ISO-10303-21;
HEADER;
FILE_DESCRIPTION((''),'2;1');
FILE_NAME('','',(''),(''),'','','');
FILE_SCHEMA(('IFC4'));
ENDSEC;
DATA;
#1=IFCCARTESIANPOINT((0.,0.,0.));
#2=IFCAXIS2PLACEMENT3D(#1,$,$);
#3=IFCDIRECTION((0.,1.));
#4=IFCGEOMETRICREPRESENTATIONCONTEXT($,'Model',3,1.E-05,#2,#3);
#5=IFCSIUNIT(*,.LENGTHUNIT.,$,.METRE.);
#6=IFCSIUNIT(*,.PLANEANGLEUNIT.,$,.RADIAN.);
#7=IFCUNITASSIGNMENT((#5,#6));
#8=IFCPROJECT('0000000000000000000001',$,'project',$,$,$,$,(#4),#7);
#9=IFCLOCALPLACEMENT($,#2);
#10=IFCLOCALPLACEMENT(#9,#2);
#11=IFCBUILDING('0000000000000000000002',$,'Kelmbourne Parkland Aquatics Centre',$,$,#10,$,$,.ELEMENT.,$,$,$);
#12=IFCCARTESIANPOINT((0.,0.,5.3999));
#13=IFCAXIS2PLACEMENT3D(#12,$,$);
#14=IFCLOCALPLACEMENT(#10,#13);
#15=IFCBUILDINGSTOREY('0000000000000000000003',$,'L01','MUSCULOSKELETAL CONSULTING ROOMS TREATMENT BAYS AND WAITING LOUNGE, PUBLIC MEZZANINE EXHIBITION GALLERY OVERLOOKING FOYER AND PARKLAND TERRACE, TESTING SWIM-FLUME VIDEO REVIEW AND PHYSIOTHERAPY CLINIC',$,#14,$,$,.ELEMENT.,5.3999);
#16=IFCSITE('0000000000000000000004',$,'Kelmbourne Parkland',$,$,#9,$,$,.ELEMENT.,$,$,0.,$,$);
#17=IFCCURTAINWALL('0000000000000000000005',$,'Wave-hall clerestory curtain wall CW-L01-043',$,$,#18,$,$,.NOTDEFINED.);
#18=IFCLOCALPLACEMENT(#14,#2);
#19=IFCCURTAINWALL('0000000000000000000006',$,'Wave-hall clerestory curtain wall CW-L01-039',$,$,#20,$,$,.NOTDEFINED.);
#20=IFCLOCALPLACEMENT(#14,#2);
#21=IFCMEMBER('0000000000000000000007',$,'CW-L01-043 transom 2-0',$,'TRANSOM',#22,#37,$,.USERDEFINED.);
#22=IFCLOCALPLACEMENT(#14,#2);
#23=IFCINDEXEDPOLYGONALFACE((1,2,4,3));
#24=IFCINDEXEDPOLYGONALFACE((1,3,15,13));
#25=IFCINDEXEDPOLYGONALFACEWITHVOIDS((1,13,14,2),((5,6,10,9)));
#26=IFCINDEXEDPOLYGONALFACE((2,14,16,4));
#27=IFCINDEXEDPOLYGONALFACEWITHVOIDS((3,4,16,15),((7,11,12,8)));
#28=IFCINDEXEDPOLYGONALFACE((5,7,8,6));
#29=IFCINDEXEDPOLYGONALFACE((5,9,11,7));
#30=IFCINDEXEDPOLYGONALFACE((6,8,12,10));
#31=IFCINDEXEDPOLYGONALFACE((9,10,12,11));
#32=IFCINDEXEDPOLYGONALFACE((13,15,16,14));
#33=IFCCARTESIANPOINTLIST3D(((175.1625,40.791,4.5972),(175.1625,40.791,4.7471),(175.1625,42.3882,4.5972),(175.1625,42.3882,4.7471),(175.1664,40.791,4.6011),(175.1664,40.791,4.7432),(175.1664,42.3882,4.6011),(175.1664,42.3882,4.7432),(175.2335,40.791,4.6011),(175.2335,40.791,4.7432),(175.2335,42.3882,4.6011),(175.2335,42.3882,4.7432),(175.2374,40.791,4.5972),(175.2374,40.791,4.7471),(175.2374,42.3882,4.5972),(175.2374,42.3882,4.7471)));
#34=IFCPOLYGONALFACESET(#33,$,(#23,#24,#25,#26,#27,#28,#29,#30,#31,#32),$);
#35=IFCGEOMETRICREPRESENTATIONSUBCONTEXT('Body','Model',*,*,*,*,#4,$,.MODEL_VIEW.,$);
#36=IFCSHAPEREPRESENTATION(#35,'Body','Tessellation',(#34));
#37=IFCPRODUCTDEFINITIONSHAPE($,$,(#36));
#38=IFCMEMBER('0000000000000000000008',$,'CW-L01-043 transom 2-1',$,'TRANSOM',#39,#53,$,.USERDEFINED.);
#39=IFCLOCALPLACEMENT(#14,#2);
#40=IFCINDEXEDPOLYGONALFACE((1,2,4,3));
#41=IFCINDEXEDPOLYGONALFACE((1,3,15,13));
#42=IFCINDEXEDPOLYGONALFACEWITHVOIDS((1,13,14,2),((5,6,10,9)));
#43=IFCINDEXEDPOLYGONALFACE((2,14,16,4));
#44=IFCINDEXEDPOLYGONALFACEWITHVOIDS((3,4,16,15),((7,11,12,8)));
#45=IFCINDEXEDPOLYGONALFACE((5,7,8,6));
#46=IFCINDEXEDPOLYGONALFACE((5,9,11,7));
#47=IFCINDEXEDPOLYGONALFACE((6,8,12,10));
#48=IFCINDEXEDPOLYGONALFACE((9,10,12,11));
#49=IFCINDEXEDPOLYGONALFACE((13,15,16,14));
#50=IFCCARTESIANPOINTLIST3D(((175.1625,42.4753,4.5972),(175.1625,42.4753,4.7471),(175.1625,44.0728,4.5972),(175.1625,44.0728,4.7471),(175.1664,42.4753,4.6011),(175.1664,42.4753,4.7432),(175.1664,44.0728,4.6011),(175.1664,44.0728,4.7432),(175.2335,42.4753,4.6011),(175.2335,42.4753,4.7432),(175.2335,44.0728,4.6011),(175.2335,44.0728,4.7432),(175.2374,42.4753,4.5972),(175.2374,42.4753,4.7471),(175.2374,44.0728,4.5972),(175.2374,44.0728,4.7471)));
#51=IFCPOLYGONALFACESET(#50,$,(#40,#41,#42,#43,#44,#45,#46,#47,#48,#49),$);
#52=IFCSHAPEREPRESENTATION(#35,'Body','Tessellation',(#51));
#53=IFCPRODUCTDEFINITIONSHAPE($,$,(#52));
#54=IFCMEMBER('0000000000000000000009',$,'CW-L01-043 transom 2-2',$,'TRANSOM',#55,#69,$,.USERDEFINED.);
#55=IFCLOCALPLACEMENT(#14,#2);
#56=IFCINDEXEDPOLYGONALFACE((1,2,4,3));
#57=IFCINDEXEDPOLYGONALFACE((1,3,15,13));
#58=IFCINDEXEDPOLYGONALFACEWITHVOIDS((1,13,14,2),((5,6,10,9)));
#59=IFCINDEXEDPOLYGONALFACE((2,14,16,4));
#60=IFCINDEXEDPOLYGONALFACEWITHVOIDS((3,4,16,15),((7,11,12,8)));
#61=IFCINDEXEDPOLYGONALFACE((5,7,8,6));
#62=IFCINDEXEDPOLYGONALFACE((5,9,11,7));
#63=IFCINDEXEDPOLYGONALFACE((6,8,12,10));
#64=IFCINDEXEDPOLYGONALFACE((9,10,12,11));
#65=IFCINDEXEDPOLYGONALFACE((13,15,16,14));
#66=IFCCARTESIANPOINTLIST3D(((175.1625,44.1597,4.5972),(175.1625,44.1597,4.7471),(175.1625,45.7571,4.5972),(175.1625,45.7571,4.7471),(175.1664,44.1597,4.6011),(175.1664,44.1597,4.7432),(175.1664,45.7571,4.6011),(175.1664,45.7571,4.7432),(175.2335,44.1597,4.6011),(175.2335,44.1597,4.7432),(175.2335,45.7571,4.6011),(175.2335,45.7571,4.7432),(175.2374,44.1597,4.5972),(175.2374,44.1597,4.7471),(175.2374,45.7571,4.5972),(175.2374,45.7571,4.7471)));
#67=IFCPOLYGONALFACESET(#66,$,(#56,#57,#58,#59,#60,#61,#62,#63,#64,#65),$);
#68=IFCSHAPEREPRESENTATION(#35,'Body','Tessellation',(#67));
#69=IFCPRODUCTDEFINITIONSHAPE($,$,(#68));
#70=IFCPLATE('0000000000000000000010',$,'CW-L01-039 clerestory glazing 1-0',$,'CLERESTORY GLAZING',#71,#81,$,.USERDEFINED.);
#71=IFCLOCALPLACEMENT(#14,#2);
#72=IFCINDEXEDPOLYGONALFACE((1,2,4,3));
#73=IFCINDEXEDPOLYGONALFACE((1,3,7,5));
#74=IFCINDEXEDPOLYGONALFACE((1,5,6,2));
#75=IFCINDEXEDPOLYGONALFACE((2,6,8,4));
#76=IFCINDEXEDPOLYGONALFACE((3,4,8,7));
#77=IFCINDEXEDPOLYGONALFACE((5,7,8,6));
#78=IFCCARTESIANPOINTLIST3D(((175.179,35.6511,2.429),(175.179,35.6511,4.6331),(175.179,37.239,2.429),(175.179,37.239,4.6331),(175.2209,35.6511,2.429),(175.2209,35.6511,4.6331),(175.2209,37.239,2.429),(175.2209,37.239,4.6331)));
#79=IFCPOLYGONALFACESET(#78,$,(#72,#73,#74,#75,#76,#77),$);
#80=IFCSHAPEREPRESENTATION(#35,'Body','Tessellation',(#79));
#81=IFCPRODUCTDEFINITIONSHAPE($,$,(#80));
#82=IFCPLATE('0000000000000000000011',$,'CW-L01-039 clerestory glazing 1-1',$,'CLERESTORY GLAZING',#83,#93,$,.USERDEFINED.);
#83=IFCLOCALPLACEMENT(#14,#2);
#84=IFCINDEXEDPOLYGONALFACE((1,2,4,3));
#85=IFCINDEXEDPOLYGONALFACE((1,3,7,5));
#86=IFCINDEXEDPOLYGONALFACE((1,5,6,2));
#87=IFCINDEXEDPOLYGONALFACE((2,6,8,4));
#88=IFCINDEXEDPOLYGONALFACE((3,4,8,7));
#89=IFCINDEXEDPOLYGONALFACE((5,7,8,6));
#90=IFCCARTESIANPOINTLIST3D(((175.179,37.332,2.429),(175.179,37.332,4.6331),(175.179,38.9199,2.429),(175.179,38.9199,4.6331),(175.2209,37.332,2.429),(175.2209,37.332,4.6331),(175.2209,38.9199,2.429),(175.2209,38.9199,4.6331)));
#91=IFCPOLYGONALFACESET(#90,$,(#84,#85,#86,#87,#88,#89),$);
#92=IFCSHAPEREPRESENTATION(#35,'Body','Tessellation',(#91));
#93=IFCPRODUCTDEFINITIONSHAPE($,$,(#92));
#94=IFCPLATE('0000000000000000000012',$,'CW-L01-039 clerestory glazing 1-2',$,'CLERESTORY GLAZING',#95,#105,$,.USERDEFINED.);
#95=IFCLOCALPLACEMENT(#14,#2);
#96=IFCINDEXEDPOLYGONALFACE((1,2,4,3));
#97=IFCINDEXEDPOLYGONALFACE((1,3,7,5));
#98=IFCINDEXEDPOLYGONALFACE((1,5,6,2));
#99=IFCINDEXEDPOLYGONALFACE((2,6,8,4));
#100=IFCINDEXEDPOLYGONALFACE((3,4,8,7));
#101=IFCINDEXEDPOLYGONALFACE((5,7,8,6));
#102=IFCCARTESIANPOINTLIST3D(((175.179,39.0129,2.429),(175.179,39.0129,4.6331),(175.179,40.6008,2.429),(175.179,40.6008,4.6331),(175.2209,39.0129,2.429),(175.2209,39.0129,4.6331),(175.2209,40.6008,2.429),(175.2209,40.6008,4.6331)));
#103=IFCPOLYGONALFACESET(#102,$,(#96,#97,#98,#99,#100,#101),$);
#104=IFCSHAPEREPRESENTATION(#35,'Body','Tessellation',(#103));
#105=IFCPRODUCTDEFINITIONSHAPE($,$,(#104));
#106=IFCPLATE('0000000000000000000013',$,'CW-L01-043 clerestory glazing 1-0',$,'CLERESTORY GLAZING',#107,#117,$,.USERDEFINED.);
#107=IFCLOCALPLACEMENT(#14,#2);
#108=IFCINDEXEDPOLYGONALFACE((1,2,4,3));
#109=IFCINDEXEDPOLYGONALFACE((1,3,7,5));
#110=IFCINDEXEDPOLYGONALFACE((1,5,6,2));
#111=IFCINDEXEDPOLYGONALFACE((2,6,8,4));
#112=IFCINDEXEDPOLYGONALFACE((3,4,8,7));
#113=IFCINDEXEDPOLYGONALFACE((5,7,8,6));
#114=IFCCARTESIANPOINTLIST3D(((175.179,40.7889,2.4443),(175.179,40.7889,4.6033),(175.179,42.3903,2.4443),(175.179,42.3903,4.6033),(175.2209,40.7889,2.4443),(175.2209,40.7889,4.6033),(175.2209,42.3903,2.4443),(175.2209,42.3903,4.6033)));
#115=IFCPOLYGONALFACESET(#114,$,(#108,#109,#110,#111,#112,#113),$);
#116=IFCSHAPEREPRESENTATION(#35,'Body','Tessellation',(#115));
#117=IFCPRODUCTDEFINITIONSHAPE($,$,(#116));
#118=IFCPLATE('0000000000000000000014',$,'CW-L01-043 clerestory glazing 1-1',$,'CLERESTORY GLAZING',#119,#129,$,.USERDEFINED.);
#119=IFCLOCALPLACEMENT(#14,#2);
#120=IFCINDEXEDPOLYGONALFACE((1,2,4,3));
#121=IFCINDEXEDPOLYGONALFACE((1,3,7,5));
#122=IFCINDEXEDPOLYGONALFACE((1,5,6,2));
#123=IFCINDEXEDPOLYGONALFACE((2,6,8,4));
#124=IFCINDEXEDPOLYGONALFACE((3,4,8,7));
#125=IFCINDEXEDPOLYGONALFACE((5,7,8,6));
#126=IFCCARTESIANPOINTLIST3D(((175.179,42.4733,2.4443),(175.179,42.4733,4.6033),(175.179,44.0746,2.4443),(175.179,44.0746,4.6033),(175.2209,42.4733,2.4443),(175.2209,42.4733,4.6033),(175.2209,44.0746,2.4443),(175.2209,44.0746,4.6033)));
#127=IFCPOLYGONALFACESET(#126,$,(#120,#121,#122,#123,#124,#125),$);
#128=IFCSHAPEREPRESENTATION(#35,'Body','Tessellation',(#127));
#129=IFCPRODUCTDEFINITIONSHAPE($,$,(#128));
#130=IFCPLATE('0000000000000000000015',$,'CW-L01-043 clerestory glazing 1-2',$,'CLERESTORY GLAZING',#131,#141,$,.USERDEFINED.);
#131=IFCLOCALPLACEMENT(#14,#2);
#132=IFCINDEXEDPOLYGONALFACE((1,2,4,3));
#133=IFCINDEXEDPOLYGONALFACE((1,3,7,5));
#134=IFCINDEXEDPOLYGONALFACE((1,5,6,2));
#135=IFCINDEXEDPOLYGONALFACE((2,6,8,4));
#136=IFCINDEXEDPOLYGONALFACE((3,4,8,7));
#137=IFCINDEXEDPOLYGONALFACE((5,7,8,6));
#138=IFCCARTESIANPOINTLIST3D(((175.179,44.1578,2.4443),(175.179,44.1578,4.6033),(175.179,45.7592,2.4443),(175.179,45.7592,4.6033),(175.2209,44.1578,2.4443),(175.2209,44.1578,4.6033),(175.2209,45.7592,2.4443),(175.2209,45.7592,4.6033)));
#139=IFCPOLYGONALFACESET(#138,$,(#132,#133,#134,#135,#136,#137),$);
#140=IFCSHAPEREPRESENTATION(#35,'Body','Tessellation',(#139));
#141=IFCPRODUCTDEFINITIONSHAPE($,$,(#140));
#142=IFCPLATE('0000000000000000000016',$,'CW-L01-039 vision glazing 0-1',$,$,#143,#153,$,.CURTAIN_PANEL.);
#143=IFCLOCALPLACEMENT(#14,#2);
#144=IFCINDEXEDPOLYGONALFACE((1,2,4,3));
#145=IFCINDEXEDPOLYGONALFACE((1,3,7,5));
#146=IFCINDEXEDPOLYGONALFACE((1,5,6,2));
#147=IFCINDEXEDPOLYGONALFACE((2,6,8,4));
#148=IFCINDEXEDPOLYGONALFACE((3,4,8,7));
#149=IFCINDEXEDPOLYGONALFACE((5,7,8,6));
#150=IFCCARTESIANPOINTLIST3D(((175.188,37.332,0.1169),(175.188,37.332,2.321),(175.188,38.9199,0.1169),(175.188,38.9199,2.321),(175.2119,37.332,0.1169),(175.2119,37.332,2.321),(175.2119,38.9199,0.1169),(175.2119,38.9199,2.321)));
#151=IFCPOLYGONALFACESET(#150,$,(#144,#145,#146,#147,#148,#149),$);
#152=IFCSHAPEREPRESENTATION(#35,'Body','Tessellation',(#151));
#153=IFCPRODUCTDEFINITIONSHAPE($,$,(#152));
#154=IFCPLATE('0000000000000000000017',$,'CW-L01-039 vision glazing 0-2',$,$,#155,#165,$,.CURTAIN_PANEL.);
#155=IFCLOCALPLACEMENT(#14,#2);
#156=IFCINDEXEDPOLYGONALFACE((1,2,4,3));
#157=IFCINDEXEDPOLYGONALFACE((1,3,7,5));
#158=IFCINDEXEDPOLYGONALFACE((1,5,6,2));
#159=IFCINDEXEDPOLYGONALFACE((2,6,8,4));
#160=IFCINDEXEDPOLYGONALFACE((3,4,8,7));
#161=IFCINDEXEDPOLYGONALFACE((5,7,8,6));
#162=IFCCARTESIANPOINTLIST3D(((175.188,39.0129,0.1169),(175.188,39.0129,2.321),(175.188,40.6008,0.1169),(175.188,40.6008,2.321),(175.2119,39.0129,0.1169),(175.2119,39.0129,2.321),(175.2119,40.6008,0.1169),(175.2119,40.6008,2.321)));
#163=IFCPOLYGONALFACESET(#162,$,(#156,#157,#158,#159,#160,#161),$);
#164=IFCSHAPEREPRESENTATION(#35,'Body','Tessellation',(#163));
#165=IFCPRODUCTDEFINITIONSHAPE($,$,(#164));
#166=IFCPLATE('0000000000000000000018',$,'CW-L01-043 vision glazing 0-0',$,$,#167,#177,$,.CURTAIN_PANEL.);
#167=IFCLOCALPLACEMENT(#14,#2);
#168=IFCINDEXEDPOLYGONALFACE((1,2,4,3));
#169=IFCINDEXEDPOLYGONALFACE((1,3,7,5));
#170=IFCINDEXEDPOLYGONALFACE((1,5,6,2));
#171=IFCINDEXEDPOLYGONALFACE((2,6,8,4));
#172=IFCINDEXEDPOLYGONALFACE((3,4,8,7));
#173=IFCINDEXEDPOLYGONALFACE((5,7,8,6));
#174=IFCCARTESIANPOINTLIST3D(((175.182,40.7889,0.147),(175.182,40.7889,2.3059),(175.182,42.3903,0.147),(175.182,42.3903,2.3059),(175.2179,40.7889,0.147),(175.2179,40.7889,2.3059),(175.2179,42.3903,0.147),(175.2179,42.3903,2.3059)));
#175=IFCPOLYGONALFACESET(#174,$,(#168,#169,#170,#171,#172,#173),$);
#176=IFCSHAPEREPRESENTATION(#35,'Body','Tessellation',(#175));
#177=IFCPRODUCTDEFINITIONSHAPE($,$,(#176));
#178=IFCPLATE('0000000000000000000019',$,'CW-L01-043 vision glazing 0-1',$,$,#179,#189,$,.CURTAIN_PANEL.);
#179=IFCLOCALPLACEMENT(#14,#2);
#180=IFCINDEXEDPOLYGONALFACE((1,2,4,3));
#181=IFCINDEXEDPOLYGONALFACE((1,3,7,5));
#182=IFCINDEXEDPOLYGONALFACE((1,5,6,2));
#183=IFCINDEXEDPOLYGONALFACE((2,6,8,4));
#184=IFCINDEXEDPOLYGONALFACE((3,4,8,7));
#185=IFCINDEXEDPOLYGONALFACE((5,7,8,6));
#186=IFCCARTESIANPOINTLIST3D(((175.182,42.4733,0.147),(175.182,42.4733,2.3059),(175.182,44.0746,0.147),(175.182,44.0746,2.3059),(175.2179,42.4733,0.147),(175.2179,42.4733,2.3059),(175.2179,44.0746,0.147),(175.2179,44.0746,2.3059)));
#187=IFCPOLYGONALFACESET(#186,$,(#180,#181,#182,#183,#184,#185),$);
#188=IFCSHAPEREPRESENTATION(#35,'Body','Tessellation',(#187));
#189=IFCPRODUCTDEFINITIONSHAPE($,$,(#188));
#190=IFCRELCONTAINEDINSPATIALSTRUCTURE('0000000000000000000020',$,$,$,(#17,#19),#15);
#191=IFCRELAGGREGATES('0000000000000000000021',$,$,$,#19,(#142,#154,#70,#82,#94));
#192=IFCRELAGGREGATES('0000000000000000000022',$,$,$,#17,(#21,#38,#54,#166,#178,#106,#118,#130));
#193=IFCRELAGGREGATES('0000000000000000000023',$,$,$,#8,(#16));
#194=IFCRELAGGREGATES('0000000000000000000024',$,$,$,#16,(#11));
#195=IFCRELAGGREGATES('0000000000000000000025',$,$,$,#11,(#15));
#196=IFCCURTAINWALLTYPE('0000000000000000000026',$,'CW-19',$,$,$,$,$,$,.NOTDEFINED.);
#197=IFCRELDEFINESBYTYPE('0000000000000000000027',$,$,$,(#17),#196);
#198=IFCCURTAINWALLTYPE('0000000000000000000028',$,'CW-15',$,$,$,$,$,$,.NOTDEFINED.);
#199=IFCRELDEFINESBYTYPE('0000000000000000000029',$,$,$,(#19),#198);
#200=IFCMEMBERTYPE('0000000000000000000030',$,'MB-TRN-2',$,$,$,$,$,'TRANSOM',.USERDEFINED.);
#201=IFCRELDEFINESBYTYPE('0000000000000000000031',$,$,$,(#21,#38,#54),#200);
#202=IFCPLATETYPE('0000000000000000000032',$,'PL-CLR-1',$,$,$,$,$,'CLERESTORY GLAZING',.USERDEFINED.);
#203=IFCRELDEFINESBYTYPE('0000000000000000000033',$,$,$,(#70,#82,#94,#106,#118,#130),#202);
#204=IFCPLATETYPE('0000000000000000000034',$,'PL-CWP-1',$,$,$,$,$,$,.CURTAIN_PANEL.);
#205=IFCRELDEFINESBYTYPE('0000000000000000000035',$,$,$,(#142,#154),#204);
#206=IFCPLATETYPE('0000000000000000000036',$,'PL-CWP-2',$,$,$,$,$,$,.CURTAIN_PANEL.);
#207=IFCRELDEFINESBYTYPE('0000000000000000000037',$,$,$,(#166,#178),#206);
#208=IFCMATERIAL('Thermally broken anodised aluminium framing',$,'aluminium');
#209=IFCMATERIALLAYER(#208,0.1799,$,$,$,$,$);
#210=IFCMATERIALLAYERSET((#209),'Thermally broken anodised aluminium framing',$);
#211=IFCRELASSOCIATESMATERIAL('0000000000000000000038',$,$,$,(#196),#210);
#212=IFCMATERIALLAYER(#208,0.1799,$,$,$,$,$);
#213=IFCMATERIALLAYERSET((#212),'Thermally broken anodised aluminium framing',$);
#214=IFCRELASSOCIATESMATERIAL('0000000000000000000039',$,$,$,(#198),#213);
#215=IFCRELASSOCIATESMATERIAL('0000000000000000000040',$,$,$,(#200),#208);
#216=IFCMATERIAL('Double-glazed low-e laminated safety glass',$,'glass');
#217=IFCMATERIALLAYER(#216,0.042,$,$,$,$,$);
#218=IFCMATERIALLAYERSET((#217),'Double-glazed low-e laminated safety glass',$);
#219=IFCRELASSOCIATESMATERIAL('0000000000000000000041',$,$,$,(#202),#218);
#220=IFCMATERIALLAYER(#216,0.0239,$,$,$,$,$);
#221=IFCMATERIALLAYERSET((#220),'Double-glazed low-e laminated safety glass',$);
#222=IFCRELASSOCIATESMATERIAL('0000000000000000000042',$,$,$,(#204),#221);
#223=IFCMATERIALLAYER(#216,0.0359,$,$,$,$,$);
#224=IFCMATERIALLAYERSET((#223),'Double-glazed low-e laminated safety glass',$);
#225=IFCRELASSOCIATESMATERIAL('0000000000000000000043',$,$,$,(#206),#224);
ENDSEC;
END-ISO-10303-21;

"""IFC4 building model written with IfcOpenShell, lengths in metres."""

from ifc_helpers import new_model, si_unit, direction, frame, origin, origin_2d, place, context, subcontext, project, spatial, rectangle, hollow_rectangle, extrude, material, layer, layer_set, material_profile, profile_set, type_object, element, aggregate, save


model = new_model("IFC4")

# Units and contexts
model_context = context("Model", 3, precision=1e-05, world=origin(), true_north=direction((0.0, 1.0)))
body_context = subcontext(model_context, "Body", "Model", "MODEL_VIEW")
ifc_project = project(units=[si_unit("LENGTHUNIT", "METRE"), si_unit("PLANEANGLEUNIT", "RADIAN")], contexts=[model_context])

# Site, building, storey
site_placement = place(None, origin())
site = spatial("IfcSite", under=ifc_project, at=site_placement, Name="Kelmbourne Parkland", CompositionType="ELEMENT", RefElevation=0.0)
building_placement = place(site_placement, origin())
building = spatial("IfcBuilding", under=site, at=building_placement, Name="Kelmbourne Parkland Aquatics Centre", CompositionType="ELEMENT")
storey_placement = place(building_placement, frame((0.0, 0.0, 5.3999)))
storey = spatial("IfcBuildingStorey", under=building, at=storey_placement, Name="L01", Description="MUSCULOSKELETAL CONSULTING ROOMS TREATMENT BAYS AND WAITING LOUNGE, PUBLIC MEZZANINE EXHIBITION GALLERY OVERLOOKING FOYER AND PARKLAND TERRACE, TESTING SWIM-FLUME VIDEO REVIEW AND PHYSIOTHERAPY CLINIC", CompositionType="ELEMENT", Elevation=5.3999)

# Shared definitions
ifc_material_1 = material(Name="Thermally broken anodised aluminium framing", Category="aluminium")

# Curtain walls
ifc_layer_1 = layer(ifc_material_1, 0.1799)
ifc_layer_set_1 = layer_set([ifc_layer_1], Name="Thermally broken anodised aluminium framing")
curtain_wall_type_1 = type_object("IfcCurtainWallType", Name="CW-19", PredefinedType="NOTDEFINED", material=ifc_layer_set_1)
curtain_wall_1_placement = place(storey_placement, origin())
curtain_wall_1 = element("IfcCurtainWall", 1, at=curtain_wall_1_placement, inside=storey, type_object=curtain_wall_type_1, Name="Wave-hall clerestory curtain wall CW-L01-043", PredefinedType="NOTDEFINED")
ifc_layer_2 = layer(ifc_material_1, 0.1799)
ifc_layer_set_2 = layer_set([ifc_layer_2], Name="Thermally broken anodised aluminium framing")
curtain_wall_type_2 = type_object("IfcCurtainWallType", Name="CW-15", PredefinedType="NOTDEFINED", material=ifc_layer_set_2)
curtain_wall_2_placement = place(storey_placement, origin())
curtain_wall_2 = element("IfcCurtainWall", 2, at=curtain_wall_2_placement, inside=storey, type_object=curtain_wall_type_2, Name="Wave-hall clerestory curtain wall CW-L01-039", PredefinedType="NOTDEFINED")

# Members
ifc_material_profile_1 = material_profile(ifc_material_1, hollow_rectangle(XDim=0.075, YDim=0.1499, WallThickness=0.0039, at=origin_2d()), Name="CW-T 75x150")
ifc_profile_set_1 = profile_set([ifc_material_profile_1], Name="Thermally broken anodised aluminium framing")
member_type_1 = type_object("IfcMemberType", Name="MB-TRN-2", ElementType="TRANSOM", PredefinedType="USERDEFINED", material=ifc_profile_set_1)
member_1_placement = place(storey_placement, frame((175.2, 40.791, 4.6721), z_axis=(0.0, 1.0, 0.0), x_axis=(-1.0, 0.0, 0.0)))
member_1 = element("IfcMember", 3, at=member_1_placement, type_object=member_type_1, Name="CW-L01-043 transom 2-0", ObjectType="TRANSOM", PredefinedType="USERDEFINED", context=body_context, shape_type="SweptSolid", body=[
    extrude(hollow_rectangle(XDim=0.075, YDim=0.1499, WallThickness=0.0039, at=origin_2d()), origin(), (0.0, 0.0, 1.0), 1.5972),
])
member_2_placement = place(storey_placement, frame((175.2, 42.4753, 4.6721), z_axis=(0.0, 1.0, 0.0), x_axis=(-1.0, 0.0, 0.0)))
member_2 = element("IfcMember", 4, at=member_2_placement, type_object=member_type_1, Name="CW-L01-043 transom 2-1", ObjectType="TRANSOM", PredefinedType="USERDEFINED", context=body_context, shape_type="SweptSolid", body=[
    extrude(hollow_rectangle(XDim=0.075, YDim=0.1499, WallThickness=0.0039, at=origin_2d()), origin(), (0.0, 0.0, 1.0), 1.5974),
])
member_3_placement = place(storey_placement, frame((175.2, 44.1597, 4.6721), z_axis=(0.0, 1.0, 0.0), x_axis=(-1.0, 0.0, 0.0)))
member_3 = element("IfcMember", 5, at=member_3_placement, type_object=member_type_1, Name="CW-L01-043 transom 2-2", ObjectType="TRANSOM", PredefinedType="USERDEFINED", context=body_context, shape_type="SweptSolid", body=[
    extrude(hollow_rectangle(XDim=0.075, YDim=0.1499, WallThickness=0.0039, at=origin_2d()), origin(), (0.0, 0.0, 1.0), 1.5974),
])

# Plates
ifc_material_2 = material(Name="Double-glazed low-e laminated safety glass", Category="glass")
ifc_layer_3 = layer(ifc_material_2, 0.042)
ifc_layer_set_3 = layer_set([ifc_layer_3], Name="Double-glazed low-e laminated safety glass")
plate_type_1 = type_object("IfcPlateType", Name="PL-CLR-1", ElementType="CLERESTORY GLAZING", PredefinedType="USERDEFINED", material=ifc_layer_set_3)
plate_1_placement = place(storey_placement, frame((175.2, 36.4451, 2.429), z_axis=(0.0, 0.0, 1.0), x_axis=(0.0, 1.0, 0.0)))
plate_1 = element("IfcPlate", 6, at=plate_1_placement, type_object=plate_type_1, Name="CW-L01-039 clerestory glazing 1-0", ObjectType="CLERESTORY GLAZING", PredefinedType="USERDEFINED", context=body_context, shape_type="SweptSolid", body=[
    extrude(rectangle(XDim=1.5879, YDim=0.042, at=origin_2d()), origin(), (0.0, 0.0, 1.0), 2.2041),
])
plate_2_placement = place(storey_placement, frame((175.2, 38.126, 2.429), z_axis=(0.0, 0.0, 1.0), x_axis=(0.0, 1.0, 0.0)))
plate_2 = element("IfcPlate", 7, at=plate_2_placement, type_object=plate_type_1, Name="CW-L01-039 clerestory glazing 1-1", ObjectType="CLERESTORY GLAZING", PredefinedType="USERDEFINED", context=body_context, shape_type="SweptSolid", body=[
    extrude(rectangle(XDim=1.5879, YDim=0.042, at=origin_2d()), origin(), (0.0, 0.0, 1.0), 2.2041),
])
plate_3_placement = place(storey_placement, frame((175.2, 39.8069, 2.429), z_axis=(0.0, 0.0, 1.0), x_axis=(0.0, 1.0, 0.0)))
plate_3 = element("IfcPlate", 8, at=plate_3_placement, type_object=plate_type_1, Name="CW-L01-039 clerestory glazing 1-2", ObjectType="CLERESTORY GLAZING", PredefinedType="USERDEFINED", context=body_context, shape_type="SweptSolid", body=[
    extrude(rectangle(XDim=1.5879, YDim=0.042, at=origin_2d()), origin(), (0.0, 0.0, 1.0), 2.2041),
])
plate_4_placement = place(storey_placement, frame((175.2, 41.5896, 2.4443), z_axis=(0.0, 0.0, 1.0), x_axis=(0.0, 1.0, 0.0)))
plate_4 = element("IfcPlate", 9, at=plate_4_placement, type_object=plate_type_1, Name="CW-L01-043 clerestory glazing 1-0", ObjectType="CLERESTORY GLAZING", PredefinedType="USERDEFINED", context=body_context, shape_type="SweptSolid", body=[
    extrude(rectangle(XDim=1.6013, YDim=0.042, at=origin_2d()), origin(), (0.0, 0.0, 1.0), 2.1589),
])
plate_5_placement = place(storey_placement, frame((175.2, 43.2739, 2.4443), z_axis=(0.0, 0.0, 1.0), x_axis=(0.0, 1.0, 0.0)))
plate_5 = element("IfcPlate", 10, at=plate_5_placement, type_object=plate_type_1, Name="CW-L01-043 clerestory glazing 1-1", ObjectType="CLERESTORY GLAZING", PredefinedType="USERDEFINED", context=body_context, shape_type="SweptSolid", body=[
    extrude(rectangle(XDim=1.6013, YDim=0.042, at=origin_2d()), origin(), (0.0, 0.0, 1.0), 2.1589),
])
plate_6_placement = place(storey_placement, frame((175.2, 44.9585, 2.4443), z_axis=(0.0, 0.0, 1.0), x_axis=(0.0, 1.0, 0.0)))
plate_6 = element("IfcPlate", 11, at=plate_6_placement, type_object=plate_type_1, Name="CW-L01-043 clerestory glazing 1-2", ObjectType="CLERESTORY GLAZING", PredefinedType="USERDEFINED", context=body_context, shape_type="SweptSolid", body=[
    extrude(rectangle(XDim=1.6013, YDim=0.042, at=origin_2d()), origin(), (0.0, 0.0, 1.0), 2.1589),
])
ifc_layer_4 = layer(ifc_material_2, 0.0239)
ifc_layer_set_4 = layer_set([ifc_layer_4], Name="Double-glazed low-e laminated safety glass")
plate_type_2 = type_object("IfcPlateType", Name="PL-CWP-1", PredefinedType="CURTAIN_PANEL", material=ifc_layer_set_4)
plate_7_placement = place(storey_placement, frame((175.2, 38.126, 0.1169), z_axis=(0.0, 0.0, 1.0), x_axis=(0.0, 1.0, 0.0)))
plate_7 = element("IfcPlate", 12, at=plate_7_placement, type_object=plate_type_2, Name="CW-L01-039 vision glazing 0-1", PredefinedType="CURTAIN_PANEL", context=body_context, shape_type="SweptSolid", body=[
    extrude(rectangle(XDim=1.5879, YDim=0.0239, at=origin_2d()), origin(), (0.0, 0.0, 1.0), 2.2041),
])
plate_8_placement = place(storey_placement, frame((175.2, 39.8069, 0.1169), z_axis=(0.0, 0.0, 1.0), x_axis=(0.0, 1.0, 0.0)))
plate_8 = element("IfcPlate", 13, at=plate_8_placement, type_object=plate_type_2, Name="CW-L01-039 vision glazing 0-2", PredefinedType="CURTAIN_PANEL", context=body_context, shape_type="SweptSolid", body=[
    extrude(rectangle(XDim=1.5879, YDim=0.0239, at=origin_2d()), origin(), (0.0, 0.0, 1.0), 2.2041),
])
aggregate(curtain_wall_2, [plate_7, plate_8, plate_1, plate_2, plate_3])
ifc_layer_5 = layer(ifc_material_2, 0.0359)
ifc_layer_set_5 = layer_set([ifc_layer_5], Name="Double-glazed low-e laminated safety glass")
plate_type_3 = type_object("IfcPlateType", Name="PL-CWP-2", PredefinedType="CURTAIN_PANEL", material=ifc_layer_set_5)
plate_9_placement = place(storey_placement, frame((175.2, 41.5896, 0.147), z_axis=(0.0, 0.0, 1.0), x_axis=(0.0, 1.0, 0.0)))
plate_9 = element("IfcPlate", 14, at=plate_9_placement, type_object=plate_type_3, Name="CW-L01-043 vision glazing 0-0", PredefinedType="CURTAIN_PANEL", context=body_context, shape_type="SweptSolid", body=[
    extrude(rectangle(XDim=1.6013, YDim=0.0359, at=origin_2d()), origin(), (0.0, 0.0, 1.0), 2.1589),
])
plate_10_placement = place(storey_placement, frame((175.2, 43.2739, 0.147), z_axis=(0.0, 0.0, 1.0), x_axis=(0.0, 1.0, 0.0)))
plate_10 = element("IfcPlate", 15, at=plate_10_placement, type_object=plate_type_3, Name="CW-L01-043 vision glazing 0-1", PredefinedType="CURTAIN_PANEL", context=body_context, shape_type="SweptSolid", body=[
    extrude(rectangle(XDim=1.6013, YDim=0.0359, at=origin_2d()), origin(), (0.0, 0.0, 1.0), 2.1589),
])
aggregate(curtain_wall_1, [member_1, member_2, member_3, plate_9, plate_10, plate_4, plate_5, plate_6])

save(model, "model.ifc")
